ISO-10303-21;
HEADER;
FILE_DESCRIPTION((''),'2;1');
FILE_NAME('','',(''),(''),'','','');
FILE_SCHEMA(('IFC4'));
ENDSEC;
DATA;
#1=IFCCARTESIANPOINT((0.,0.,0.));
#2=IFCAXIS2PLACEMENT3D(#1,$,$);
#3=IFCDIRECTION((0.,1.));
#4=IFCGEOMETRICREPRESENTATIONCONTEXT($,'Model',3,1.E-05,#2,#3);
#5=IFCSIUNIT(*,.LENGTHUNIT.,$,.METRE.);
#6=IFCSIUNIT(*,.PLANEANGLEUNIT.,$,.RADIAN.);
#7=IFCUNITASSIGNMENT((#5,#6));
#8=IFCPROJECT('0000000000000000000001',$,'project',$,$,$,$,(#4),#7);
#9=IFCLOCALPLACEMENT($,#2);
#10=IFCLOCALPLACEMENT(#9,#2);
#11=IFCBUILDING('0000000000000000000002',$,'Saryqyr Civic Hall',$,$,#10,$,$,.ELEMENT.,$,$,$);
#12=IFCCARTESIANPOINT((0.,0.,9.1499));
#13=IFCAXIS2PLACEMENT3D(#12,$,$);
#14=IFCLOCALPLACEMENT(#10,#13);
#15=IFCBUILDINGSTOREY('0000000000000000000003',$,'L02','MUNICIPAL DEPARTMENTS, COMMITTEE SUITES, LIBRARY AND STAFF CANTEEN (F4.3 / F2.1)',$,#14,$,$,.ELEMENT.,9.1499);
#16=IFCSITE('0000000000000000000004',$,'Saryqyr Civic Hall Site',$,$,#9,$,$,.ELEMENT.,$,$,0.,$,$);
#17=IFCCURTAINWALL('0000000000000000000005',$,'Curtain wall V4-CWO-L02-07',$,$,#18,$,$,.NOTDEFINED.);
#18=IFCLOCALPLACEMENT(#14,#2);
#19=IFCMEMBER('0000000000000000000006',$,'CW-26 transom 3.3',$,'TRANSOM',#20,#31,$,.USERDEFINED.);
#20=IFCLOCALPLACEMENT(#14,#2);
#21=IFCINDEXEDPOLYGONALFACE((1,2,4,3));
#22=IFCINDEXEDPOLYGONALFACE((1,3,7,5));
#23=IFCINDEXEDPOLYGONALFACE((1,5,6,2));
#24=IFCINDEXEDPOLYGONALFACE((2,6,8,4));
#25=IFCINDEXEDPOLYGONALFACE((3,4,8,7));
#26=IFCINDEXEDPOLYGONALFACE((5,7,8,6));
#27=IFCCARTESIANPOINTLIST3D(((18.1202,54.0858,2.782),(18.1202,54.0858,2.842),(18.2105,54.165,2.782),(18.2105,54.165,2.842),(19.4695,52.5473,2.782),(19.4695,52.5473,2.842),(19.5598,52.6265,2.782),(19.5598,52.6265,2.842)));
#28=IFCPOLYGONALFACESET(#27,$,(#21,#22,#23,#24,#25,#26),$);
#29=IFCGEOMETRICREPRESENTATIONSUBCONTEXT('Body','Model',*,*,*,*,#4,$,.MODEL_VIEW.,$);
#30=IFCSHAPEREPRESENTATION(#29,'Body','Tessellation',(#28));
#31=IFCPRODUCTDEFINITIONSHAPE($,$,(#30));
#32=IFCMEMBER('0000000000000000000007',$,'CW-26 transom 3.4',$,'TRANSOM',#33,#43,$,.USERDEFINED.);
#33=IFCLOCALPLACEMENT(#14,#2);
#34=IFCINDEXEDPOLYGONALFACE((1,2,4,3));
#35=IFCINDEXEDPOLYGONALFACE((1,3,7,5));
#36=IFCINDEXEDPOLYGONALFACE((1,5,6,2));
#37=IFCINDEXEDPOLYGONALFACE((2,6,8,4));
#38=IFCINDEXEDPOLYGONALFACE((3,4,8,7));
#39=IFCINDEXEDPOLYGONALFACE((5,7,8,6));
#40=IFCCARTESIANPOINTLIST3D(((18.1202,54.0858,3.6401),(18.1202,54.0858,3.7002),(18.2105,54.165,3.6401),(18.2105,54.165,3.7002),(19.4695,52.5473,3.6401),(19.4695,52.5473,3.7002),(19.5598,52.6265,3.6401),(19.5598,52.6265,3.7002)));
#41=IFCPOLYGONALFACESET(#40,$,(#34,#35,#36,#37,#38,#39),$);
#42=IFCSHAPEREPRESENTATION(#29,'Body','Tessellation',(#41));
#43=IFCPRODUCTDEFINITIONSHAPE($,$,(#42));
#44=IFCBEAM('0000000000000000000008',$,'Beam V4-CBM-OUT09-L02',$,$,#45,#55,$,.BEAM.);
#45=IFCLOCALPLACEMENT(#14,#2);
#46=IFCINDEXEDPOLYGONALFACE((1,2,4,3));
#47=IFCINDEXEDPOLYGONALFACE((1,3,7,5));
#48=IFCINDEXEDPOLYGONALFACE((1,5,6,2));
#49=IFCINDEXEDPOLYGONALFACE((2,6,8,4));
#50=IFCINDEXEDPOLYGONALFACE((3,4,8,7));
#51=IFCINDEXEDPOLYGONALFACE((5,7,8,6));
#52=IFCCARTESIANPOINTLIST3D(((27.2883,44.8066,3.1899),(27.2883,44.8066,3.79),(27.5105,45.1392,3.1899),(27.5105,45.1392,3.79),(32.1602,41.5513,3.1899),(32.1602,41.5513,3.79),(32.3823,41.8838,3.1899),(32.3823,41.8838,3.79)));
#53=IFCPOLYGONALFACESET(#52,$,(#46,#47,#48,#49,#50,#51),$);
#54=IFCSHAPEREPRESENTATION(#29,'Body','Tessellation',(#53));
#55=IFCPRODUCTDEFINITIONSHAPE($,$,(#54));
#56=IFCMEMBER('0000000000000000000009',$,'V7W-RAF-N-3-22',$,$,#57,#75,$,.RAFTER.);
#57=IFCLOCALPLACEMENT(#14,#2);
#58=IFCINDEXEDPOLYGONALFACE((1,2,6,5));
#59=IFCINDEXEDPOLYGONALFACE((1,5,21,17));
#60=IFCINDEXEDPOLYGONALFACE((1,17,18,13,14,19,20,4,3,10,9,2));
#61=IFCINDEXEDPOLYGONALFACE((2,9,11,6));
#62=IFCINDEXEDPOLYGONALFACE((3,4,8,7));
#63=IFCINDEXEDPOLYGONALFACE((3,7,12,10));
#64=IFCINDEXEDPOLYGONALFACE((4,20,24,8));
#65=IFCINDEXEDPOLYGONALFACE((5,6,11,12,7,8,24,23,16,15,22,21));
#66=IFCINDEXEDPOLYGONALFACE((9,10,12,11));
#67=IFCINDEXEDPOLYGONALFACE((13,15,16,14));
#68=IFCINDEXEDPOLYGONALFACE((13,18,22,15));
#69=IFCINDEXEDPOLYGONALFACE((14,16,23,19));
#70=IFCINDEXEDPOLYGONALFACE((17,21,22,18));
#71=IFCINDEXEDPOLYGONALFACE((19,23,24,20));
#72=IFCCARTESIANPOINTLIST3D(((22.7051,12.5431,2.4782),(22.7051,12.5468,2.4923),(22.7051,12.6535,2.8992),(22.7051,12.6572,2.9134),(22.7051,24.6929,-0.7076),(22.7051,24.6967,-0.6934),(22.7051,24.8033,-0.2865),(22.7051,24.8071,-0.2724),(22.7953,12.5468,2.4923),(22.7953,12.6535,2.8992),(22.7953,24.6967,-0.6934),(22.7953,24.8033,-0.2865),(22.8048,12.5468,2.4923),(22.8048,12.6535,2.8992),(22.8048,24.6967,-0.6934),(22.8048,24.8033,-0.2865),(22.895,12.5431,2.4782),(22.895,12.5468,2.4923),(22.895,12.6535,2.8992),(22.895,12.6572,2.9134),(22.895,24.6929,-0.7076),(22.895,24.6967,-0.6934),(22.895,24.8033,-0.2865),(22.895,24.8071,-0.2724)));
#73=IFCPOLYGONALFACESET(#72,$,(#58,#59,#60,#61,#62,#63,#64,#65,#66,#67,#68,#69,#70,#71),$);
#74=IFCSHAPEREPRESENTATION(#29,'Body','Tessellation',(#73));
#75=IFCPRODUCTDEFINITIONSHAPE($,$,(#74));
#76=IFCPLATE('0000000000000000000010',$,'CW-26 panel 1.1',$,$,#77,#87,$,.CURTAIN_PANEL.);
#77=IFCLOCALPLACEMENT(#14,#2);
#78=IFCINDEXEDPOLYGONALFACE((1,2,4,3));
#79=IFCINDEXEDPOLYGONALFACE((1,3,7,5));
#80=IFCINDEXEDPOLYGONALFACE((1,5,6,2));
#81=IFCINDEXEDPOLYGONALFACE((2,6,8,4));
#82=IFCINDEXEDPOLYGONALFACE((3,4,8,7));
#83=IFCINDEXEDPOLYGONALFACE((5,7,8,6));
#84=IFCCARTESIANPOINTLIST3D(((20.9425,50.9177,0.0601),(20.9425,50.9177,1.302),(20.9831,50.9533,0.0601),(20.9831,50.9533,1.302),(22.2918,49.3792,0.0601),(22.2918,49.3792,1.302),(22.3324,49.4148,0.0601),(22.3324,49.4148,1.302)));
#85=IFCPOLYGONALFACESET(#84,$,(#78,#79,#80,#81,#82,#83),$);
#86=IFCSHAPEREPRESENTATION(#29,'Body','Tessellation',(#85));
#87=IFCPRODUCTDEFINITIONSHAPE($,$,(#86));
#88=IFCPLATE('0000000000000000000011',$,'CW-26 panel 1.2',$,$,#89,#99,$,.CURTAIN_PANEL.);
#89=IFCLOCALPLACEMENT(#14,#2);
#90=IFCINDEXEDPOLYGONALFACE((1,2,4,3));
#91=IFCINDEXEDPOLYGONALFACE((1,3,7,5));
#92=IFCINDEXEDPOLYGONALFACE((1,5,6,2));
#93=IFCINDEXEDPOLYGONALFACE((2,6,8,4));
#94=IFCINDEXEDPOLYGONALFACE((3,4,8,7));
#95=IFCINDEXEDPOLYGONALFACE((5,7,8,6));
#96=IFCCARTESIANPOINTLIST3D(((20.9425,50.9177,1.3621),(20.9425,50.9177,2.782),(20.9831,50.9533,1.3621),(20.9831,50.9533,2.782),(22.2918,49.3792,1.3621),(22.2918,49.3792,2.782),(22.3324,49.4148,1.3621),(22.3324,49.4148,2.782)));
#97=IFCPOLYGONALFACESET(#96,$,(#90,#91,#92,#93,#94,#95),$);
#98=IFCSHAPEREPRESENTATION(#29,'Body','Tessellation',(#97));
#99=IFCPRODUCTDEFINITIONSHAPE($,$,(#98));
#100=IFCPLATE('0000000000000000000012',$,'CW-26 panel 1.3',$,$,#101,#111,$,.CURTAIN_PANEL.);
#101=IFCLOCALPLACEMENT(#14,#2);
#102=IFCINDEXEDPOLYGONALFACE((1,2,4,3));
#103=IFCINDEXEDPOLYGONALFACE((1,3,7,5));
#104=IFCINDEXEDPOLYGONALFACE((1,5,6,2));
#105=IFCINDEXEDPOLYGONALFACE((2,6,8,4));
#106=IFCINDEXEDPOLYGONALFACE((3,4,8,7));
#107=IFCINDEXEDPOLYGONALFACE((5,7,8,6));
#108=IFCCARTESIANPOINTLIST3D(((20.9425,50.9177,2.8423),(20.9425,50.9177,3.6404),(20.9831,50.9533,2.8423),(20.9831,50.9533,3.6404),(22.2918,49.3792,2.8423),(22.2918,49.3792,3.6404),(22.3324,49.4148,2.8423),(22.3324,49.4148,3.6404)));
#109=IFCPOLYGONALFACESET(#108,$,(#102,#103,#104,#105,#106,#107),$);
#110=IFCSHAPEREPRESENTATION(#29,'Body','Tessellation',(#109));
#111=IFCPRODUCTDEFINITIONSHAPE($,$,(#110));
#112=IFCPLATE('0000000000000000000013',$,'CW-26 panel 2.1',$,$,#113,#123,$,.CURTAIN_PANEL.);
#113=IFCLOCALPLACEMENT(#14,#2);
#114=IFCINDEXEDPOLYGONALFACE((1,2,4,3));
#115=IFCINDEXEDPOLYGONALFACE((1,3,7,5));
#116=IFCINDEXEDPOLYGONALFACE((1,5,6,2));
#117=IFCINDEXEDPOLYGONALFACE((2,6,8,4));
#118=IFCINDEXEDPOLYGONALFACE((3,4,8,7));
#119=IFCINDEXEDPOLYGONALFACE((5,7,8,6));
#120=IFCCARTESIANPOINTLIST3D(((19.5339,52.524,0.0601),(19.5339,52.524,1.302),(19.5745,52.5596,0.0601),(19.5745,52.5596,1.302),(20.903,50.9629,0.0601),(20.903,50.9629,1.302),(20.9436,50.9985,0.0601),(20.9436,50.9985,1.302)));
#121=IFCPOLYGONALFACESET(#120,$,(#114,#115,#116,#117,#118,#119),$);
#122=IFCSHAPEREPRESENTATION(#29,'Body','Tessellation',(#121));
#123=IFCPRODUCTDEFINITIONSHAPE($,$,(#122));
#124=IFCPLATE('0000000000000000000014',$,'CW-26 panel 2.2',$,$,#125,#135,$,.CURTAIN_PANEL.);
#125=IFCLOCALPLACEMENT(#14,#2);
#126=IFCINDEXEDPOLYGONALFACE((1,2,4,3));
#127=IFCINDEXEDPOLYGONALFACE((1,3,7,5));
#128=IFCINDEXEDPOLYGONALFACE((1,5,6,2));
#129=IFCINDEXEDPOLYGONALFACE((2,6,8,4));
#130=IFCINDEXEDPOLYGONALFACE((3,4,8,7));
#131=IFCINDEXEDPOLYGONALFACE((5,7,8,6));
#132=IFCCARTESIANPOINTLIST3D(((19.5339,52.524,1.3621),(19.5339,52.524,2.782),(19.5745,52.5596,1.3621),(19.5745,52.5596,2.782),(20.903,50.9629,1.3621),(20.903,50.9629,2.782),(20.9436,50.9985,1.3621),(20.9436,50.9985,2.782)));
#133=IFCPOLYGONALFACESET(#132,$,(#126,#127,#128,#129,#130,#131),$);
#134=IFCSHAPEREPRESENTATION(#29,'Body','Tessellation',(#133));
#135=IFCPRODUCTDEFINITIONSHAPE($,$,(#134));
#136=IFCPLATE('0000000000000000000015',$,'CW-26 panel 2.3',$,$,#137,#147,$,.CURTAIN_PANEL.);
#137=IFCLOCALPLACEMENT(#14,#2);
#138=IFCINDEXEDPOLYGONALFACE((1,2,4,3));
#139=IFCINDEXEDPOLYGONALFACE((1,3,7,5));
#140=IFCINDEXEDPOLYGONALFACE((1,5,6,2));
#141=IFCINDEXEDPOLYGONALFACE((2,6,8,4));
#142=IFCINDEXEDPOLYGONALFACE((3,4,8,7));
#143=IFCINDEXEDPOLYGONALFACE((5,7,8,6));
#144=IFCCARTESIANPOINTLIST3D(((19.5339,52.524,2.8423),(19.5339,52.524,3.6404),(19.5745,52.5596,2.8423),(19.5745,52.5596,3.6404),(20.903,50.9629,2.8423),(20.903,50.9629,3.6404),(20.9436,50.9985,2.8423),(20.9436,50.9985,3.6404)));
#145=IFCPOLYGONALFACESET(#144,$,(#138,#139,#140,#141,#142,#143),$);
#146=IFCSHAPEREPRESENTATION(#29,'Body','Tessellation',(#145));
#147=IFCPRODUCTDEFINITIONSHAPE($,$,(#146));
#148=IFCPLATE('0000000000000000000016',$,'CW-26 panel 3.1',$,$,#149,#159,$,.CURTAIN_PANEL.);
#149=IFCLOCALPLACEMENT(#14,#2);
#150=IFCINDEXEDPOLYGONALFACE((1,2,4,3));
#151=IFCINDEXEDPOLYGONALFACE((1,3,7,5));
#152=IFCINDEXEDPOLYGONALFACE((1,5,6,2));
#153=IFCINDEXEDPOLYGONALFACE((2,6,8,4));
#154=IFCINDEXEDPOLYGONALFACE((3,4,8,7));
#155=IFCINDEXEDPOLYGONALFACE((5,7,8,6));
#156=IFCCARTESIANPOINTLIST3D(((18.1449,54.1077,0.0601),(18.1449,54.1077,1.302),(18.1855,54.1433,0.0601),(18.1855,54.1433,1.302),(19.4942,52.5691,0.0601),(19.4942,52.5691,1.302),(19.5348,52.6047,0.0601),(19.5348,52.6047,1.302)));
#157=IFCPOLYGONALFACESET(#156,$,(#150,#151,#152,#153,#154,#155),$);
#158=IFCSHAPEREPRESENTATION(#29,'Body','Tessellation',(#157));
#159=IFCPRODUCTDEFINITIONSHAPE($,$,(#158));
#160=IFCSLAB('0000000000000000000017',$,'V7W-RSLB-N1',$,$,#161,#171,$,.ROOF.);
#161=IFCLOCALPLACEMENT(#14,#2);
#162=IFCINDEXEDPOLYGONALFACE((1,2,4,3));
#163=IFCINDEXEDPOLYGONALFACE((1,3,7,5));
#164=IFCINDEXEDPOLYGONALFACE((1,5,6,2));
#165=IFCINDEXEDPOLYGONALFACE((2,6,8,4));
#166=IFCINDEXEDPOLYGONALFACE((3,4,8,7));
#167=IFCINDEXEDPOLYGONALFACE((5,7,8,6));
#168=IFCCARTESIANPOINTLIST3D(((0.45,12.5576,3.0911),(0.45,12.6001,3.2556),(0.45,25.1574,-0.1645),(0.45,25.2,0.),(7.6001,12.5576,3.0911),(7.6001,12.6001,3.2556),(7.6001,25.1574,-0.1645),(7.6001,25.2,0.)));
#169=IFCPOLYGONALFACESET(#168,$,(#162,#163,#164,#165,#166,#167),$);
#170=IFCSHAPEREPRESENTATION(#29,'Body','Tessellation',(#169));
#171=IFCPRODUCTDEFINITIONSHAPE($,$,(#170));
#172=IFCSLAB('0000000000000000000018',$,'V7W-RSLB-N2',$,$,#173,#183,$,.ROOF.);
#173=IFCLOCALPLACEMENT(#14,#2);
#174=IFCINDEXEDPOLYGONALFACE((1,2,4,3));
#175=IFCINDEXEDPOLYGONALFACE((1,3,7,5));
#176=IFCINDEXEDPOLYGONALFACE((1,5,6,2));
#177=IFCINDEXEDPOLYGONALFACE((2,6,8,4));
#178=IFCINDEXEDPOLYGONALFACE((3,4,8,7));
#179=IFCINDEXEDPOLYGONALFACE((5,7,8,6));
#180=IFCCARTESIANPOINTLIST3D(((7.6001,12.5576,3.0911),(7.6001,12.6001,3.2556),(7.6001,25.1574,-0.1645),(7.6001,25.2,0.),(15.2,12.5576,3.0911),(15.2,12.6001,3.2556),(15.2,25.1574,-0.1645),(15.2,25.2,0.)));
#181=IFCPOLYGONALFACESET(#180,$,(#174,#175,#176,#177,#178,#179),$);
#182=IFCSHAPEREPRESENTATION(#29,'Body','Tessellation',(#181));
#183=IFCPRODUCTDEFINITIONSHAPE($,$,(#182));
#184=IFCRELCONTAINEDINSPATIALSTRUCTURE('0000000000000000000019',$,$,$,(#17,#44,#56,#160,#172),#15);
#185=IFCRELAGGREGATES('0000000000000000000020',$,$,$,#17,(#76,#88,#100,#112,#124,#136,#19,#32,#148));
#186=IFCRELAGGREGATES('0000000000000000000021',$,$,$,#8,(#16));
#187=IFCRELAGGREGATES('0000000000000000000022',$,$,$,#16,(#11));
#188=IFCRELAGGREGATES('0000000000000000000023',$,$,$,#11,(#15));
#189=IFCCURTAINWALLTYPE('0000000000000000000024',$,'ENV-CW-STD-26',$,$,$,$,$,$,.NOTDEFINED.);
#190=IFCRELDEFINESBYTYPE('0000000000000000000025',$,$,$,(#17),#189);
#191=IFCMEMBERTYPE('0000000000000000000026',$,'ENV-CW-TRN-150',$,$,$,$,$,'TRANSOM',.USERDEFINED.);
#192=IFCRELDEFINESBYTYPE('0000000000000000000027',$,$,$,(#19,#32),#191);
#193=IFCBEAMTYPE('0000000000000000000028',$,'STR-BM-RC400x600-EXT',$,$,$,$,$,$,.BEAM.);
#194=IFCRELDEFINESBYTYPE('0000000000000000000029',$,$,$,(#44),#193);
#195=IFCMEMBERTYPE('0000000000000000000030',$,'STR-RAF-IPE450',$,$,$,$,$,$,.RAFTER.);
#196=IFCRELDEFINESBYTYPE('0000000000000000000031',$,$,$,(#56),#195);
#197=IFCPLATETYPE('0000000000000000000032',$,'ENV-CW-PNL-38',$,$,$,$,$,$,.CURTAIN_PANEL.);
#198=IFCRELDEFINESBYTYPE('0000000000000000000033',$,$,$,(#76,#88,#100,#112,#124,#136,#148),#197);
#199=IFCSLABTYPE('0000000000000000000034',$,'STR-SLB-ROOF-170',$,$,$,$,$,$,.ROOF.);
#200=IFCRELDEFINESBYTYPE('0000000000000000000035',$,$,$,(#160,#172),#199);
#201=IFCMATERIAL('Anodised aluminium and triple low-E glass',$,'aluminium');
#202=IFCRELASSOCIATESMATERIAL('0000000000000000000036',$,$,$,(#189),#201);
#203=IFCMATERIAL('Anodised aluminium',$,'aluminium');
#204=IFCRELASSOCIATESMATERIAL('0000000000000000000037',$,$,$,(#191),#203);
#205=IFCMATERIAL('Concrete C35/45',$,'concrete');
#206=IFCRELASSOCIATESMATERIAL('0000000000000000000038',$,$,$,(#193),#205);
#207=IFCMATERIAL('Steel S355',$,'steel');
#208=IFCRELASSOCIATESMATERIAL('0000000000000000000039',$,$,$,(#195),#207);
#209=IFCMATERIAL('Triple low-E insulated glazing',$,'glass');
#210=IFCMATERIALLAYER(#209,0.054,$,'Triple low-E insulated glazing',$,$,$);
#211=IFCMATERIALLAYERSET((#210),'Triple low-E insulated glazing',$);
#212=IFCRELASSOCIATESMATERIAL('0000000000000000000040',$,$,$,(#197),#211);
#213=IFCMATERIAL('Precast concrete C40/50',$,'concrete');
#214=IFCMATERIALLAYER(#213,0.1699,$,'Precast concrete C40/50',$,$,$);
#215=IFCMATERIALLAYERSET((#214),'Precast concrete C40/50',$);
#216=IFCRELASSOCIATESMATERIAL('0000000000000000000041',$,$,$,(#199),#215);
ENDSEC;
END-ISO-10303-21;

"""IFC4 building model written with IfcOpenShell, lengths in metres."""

from ifc_helpers import new_model, si_unit, direction, frame, origin, origin_2d, place, context, subcontext, project, spatial, polyline, rectangle, i_section, outline, extrude, material, layer, layer_set, material_profile, profile_set, type_object, element, aggregate, save


model = new_model("IFC4")

# Units and contexts
model_context = context("Model", 3, precision=1e-05, world=origin(), true_north=direction((0.0, 1.0)))
body_context = subcontext(model_context, "Body", "Model", "MODEL_VIEW")
ifc_project = project(units=[si_unit("LENGTHUNIT", "METRE"), si_unit("PLANEANGLEUNIT", "RADIAN")], contexts=[model_context])

# Site, building, storey
site_placement = place(None, origin())
site = spatial("IfcSite", under=ifc_project, at=site_placement, Name="Saryqyr Civic Hall Site", CompositionType="ELEMENT", RefElevation=0.0)
building_placement = place(site_placement, origin())
building = spatial("IfcBuilding", under=site, at=building_placement, Name="Saryqyr Civic Hall", CompositionType="ELEMENT")
storey_placement = place(building_placement, frame((0.0, 0.0, 9.1499)))
storey = spatial("IfcBuildingStorey", under=building, at=storey_placement, Name="L02", Description="MUNICIPAL DEPARTMENTS, COMMITTEE SUITES, LIBRARY AND STAFF CANTEEN (F4.3 / F2.1)", CompositionType="ELEMENT", Elevation=9.1499)

# Curtain wall, members
ifc_material_1 = material(Name="Anodised aluminium and triple low-E glass", Category="aluminium")
curtain_wall_type = type_object("IfcCurtainWallType", Name="ENV-CW-STD-26", PredefinedType="NOTDEFINED", material=ifc_material_1)
curtain_wall_placement = place(storey_placement, origin())
curtain_wall = element("IfcCurtainWall", 1, at=curtain_wall_placement, inside=storey, type_object=curtain_wall_type, Name="Curtain wall V4-CWO-L02-07", PredefinedType="NOTDEFINED")
ifc_material_2 = material(Name="Anodised aluminium", Category="aluminium")
ifc_material_profile_1 = material_profile(ifc_material_2, rectangle(XDim=0.1201, YDim=0.0601, at=origin_2d()), Name="ALU TRANSOM 120x60")
ifc_profile_set_1 = profile_set([ifc_material_profile_1], Name="Anodised aluminium")
member_type_1 = type_object("IfcMemberType", Name="ENV-CW-TRN-150", ElementType="TRANSOM", PredefinedType="USERDEFINED", material=ifc_profile_set_1)
member_1_placement = place(storey_placement, frame((19.5146, 52.5869, 2.812), z_axis=(-0.659366, 0.751822, 0.0), x_axis=(-0.751822, -0.659366, 0.0)))
member_1 = element("IfcMember", 2, at=member_1_placement, type_object=member_type_1, Name="CW-26 transom 3.3", ObjectType="TRANSOM", PredefinedType="USERDEFINED", context=body_context, shape_type="SweptSolid", body=[
    extrude(rectangle(XDim=0.1201, YDim=0.0601, at=origin_2d()), origin(), (0.0, 0.0, 1.0), 2.0464),
])
member_2_placement = place(storey_placement, frame((19.5146, 52.5869, 3.6702), z_axis=(-0.659366, 0.751822, 0.0), x_axis=(-0.751822, -0.659366, 0.0)))
member_2 = element("IfcMember", 3, at=member_2_placement, type_object=member_type_1, Name="CW-26 transom 3.4", ObjectType="TRANSOM", PredefinedType="USERDEFINED", context=body_context, shape_type="SweptSolid", body=[
    extrude(rectangle(XDim=0.1201, YDim=0.0601, at=origin_2d()), origin(), (0.0, 0.0, 1.0), 2.0464),
])

# Beam
ifc_material_3 = material(Name="Concrete C35/45", Category="concrete")
ifc_material_profile_2 = material_profile(ifc_material_3, rectangle(XDim=0.3999, YDim=0.6001, at=origin_2d()), Name="RC 400x600")
ifc_profile_set_2 = profile_set([ifc_material_profile_2], Name="Concrete C35/45")
beam_type = type_object("IfcBeamType", Name="STR-BM-RC400x600-EXT", PredefinedType="BEAM", material=ifc_profile_set_2)
beam_placement = place(storey_placement, frame((27.3994, 44.9729, 3.49), z_axis=(0.83146, -0.555584, 0.0), x_axis=(0.555584, 0.83146, 0.0)))
element("IfcBeam", 4, at=beam_placement, inside=storey, type_object=beam_type, Name="Beam V4-CBM-OUT09-L02", PredefinedType="BEAM", context=body_context, shape_type="SweptSolid", body=[
    extrude(rectangle(XDim=0.3999, YDim=0.6001, at=origin_2d()), origin(), (0.0, 0.0, 1.0), 5.8594),
])

# Member
ifc_material_4 = material(Name="Steel S355", Category="steel")
ifc_material_profile_3 = material_profile(ifc_material_4, i_section(OverallWidth=0.1899, OverallDepth=0.45, WebThickness=0.0095, FlangeThickness=0.0146, at=origin_2d()), Name="IPE 450")
ifc_profile_set_3 = profile_set([ifc_material_profile_3], Name="Steel S355")
member_type_2 = type_object("IfcMemberType", Name="STR-RAF-IPE450", PredefinedType="RAFTER", material=ifc_profile_set_3)
member_3_placement = place(storey_placement, frame((22.8, 24.75, -0.49), z_axis=(0.0, -0.9673, 0.253633), x_axis=(1.0, 0.0, 0.0)))
element("IfcMember", 5, at=member_3_placement, inside=storey, type_object=member_type_2, Name="V7W-RAF-N-3-22", PredefinedType="RAFTER", context=body_context, shape_type="SweptSolid", body=[
    extrude(i_section(OverallWidth=0.1899, OverallDepth=0.45, WebThickness=0.0095, FlangeThickness=0.0146, at=origin_2d()), origin(), (0.0, 0.0, 1.0), 12.5605),
])

# Plates
ifc_material_5 = material(Name="Triple low-E insulated glazing", Category="glass")
ifc_layer_1 = layer(ifc_material_5, 0.054, Name="Triple low-E insulated glazing")
ifc_layer_set_1 = layer_set([ifc_layer_1], Name="Triple low-E insulated glazing")
plate_type = type_object("IfcPlateType", Name="ENV-CW-PNL-38", PredefinedType="CURTAIN_PANEL", material=ifc_layer_set_1)
plate_1_placement = place(storey_placement, frame((21.6375, 50.1663, 0.0601), z_axis=(0.0, 0.0, 1.0), x_axis=(-0.659349, 0.751837, 0.0)))
plate_1 = element("IfcPlate", 6, at=plate_1_placement, type_object=plate_type, Name="CW-26 panel 1.1", PredefinedType="CURTAIN_PANEL", context=body_context, shape_type="SweptSolid", body=[
    extrude(rectangle(XDim=2.0464, YDim=0.054, at=origin_2d()), origin(), (0.0, 0.0, 1.0), 1.2419),
])
plate_2_placement = place(storey_placement, frame((21.6375, 50.1663, 1.3621), z_axis=(0.0, 0.0, 1.0), x_axis=(-0.659349, 0.751837, 0.0)))
plate_2 = element("IfcPlate", 7, at=plate_2_placement, type_object=plate_type, Name="CW-26 panel 1.2", PredefinedType="CURTAIN_PANEL", context=body_context, shape_type="SweptSolid", body=[
    extrude(rectangle(XDim=2.0464, YDim=0.054, at=origin_2d()), origin(), (0.0, 0.0, 1.0), 1.4199),
])
plate_3_placement = place(storey_placement, frame((21.6375, 50.1663, 2.8423), z_axis=(0.0, 0.0, 1.0), x_axis=(-0.659349, 0.751837, 0.0)))
plate_3 = element("IfcPlate", 8, at=plate_3_placement, type_object=plate_type, Name="CW-26 panel 1.3", PredefinedType="CURTAIN_PANEL", context=body_context, shape_type="SweptSolid", body=[
    extrude(rectangle(XDim=2.0464, YDim=0.054, at=origin_2d()), origin(), (0.0, 0.0, 1.0), 0.7981),
])
plate_4_placement = place(storey_placement, frame((20.2388, 51.7612, 0.0601), z_axis=(0.0, 0.0, 1.0), x_axis=(-0.659349, 0.751837, 0.0)))
plate_4 = element("IfcPlate", 9, at=plate_4_placement, type_object=plate_type, Name="CW-26 panel 2.1", PredefinedType="CURTAIN_PANEL", context=body_context, shape_type="SweptSolid", body=[
    extrude(rectangle(XDim=2.0764, YDim=0.054, at=origin_2d()), origin(), (0.0, 0.0, 1.0), 1.2419),
])
plate_5_placement = place(storey_placement, frame((20.2388, 51.7612, 1.3621), z_axis=(0.0, 0.0, 1.0), x_axis=(-0.659349, 0.751837, 0.0)))
plate_5 = element("IfcPlate", 10, at=plate_5_placement, type_object=plate_type, Name="CW-26 panel 2.2", PredefinedType="CURTAIN_PANEL", context=body_context, shape_type="SweptSolid", body=[
    extrude(rectangle(XDim=2.0764, YDim=0.054, at=origin_2d()), origin(), (0.0, 0.0, 1.0), 1.4199),
])
plate_6_placement = place(storey_placement, frame((20.2388, 51.7612, 2.8423), z_axis=(0.0, 0.0, 1.0), x_axis=(-0.659349, 0.751837, 0.0)))
plate_6 = element("IfcPlate", 11, at=plate_6_placement, type_object=plate_type, Name="CW-26 panel 2.3", PredefinedType="CURTAIN_PANEL", context=body_context, shape_type="SweptSolid", body=[
    extrude(rectangle(XDim=2.0764, YDim=0.054, at=origin_2d()), origin(), (0.0, 0.0, 1.0), 0.7981),
])
plate_7_placement = place(storey_placement, frame((18.8398, 53.3562, 0.0601), z_axis=(0.0, 0.0, 1.0), x_axis=(-0.659349, 0.751837, 0.0)))
plate_7 = element("IfcPlate", 12, at=plate_7_placement, type_object=plate_type, Name="CW-26 panel 3.1", PredefinedType="CURTAIN_PANEL", context=body_context, shape_type="SweptSolid", body=[
    extrude(rectangle(XDim=2.0464, YDim=0.054, at=origin_2d()), origin(), (0.0, 0.0, 1.0), 1.2419),
])
aggregate(curtain_wall, [plate_1, plate_2, plate_3, plate_4, plate_5, plate_6, member_1, member_2, plate_7])

# Slabs
ifc_material_6 = material(Name="Precast concrete C40/50", Category="concrete")
ifc_layer_2 = layer(ifc_material_6, 0.1699, Name="Precast concrete C40/50")
ifc_layer_set_2 = layer_set([ifc_layer_2], Name="Precast concrete C40/50")
slab_type = type_object("IfcSlabType", Name="STR-SLB-ROOF-170", PredefinedType="ROOF", material=ifc_layer_set_2)
slab_1_placement = place(storey_placement, frame((7.6001, 25.2, 0.0), z_axis=(0.0, 0.250169, 0.968202), x_axis=(-1.0, 0.0, 0.0)))
element("IfcSlab", 13, at=slab_1_placement, inside=storey, type_object=slab_type, Name="V7W-RSLB-N1", PredefinedType="ROOF", context=body_context, shape_type="SweptSolid", body=[
    extrude(outline(polyline([(0.0, 0.0), (7.1501, 0.0), (7.1501, 13.0137), (0.0, 13.0137), (0.0, 0.0)])), origin(), (0.0, 0.0, -1.0), 0.1699),
])
slab_2_placement = place(storey_placement, frame((15.2, 25.2, 0.0), z_axis=(0.0, 0.250169, 0.968202), x_axis=(-1.0, 0.0, 0.0)))
element("IfcSlab", 14, at=slab_2_placement, inside=storey, type_object=slab_type, Name="V7W-RSLB-N2", PredefinedType="ROOF", context=body_context, shape_type="SweptSolid", body=[
    extrude(outline(polyline([(0.0, 0.0), (7.5999, 0.0), (7.5999, 13.0137), (0.0, 13.0137), (0.0, 0.0)])), origin(), (0.0, 0.0, -1.0), 0.1699),
])

save(model, "model.ifc")
